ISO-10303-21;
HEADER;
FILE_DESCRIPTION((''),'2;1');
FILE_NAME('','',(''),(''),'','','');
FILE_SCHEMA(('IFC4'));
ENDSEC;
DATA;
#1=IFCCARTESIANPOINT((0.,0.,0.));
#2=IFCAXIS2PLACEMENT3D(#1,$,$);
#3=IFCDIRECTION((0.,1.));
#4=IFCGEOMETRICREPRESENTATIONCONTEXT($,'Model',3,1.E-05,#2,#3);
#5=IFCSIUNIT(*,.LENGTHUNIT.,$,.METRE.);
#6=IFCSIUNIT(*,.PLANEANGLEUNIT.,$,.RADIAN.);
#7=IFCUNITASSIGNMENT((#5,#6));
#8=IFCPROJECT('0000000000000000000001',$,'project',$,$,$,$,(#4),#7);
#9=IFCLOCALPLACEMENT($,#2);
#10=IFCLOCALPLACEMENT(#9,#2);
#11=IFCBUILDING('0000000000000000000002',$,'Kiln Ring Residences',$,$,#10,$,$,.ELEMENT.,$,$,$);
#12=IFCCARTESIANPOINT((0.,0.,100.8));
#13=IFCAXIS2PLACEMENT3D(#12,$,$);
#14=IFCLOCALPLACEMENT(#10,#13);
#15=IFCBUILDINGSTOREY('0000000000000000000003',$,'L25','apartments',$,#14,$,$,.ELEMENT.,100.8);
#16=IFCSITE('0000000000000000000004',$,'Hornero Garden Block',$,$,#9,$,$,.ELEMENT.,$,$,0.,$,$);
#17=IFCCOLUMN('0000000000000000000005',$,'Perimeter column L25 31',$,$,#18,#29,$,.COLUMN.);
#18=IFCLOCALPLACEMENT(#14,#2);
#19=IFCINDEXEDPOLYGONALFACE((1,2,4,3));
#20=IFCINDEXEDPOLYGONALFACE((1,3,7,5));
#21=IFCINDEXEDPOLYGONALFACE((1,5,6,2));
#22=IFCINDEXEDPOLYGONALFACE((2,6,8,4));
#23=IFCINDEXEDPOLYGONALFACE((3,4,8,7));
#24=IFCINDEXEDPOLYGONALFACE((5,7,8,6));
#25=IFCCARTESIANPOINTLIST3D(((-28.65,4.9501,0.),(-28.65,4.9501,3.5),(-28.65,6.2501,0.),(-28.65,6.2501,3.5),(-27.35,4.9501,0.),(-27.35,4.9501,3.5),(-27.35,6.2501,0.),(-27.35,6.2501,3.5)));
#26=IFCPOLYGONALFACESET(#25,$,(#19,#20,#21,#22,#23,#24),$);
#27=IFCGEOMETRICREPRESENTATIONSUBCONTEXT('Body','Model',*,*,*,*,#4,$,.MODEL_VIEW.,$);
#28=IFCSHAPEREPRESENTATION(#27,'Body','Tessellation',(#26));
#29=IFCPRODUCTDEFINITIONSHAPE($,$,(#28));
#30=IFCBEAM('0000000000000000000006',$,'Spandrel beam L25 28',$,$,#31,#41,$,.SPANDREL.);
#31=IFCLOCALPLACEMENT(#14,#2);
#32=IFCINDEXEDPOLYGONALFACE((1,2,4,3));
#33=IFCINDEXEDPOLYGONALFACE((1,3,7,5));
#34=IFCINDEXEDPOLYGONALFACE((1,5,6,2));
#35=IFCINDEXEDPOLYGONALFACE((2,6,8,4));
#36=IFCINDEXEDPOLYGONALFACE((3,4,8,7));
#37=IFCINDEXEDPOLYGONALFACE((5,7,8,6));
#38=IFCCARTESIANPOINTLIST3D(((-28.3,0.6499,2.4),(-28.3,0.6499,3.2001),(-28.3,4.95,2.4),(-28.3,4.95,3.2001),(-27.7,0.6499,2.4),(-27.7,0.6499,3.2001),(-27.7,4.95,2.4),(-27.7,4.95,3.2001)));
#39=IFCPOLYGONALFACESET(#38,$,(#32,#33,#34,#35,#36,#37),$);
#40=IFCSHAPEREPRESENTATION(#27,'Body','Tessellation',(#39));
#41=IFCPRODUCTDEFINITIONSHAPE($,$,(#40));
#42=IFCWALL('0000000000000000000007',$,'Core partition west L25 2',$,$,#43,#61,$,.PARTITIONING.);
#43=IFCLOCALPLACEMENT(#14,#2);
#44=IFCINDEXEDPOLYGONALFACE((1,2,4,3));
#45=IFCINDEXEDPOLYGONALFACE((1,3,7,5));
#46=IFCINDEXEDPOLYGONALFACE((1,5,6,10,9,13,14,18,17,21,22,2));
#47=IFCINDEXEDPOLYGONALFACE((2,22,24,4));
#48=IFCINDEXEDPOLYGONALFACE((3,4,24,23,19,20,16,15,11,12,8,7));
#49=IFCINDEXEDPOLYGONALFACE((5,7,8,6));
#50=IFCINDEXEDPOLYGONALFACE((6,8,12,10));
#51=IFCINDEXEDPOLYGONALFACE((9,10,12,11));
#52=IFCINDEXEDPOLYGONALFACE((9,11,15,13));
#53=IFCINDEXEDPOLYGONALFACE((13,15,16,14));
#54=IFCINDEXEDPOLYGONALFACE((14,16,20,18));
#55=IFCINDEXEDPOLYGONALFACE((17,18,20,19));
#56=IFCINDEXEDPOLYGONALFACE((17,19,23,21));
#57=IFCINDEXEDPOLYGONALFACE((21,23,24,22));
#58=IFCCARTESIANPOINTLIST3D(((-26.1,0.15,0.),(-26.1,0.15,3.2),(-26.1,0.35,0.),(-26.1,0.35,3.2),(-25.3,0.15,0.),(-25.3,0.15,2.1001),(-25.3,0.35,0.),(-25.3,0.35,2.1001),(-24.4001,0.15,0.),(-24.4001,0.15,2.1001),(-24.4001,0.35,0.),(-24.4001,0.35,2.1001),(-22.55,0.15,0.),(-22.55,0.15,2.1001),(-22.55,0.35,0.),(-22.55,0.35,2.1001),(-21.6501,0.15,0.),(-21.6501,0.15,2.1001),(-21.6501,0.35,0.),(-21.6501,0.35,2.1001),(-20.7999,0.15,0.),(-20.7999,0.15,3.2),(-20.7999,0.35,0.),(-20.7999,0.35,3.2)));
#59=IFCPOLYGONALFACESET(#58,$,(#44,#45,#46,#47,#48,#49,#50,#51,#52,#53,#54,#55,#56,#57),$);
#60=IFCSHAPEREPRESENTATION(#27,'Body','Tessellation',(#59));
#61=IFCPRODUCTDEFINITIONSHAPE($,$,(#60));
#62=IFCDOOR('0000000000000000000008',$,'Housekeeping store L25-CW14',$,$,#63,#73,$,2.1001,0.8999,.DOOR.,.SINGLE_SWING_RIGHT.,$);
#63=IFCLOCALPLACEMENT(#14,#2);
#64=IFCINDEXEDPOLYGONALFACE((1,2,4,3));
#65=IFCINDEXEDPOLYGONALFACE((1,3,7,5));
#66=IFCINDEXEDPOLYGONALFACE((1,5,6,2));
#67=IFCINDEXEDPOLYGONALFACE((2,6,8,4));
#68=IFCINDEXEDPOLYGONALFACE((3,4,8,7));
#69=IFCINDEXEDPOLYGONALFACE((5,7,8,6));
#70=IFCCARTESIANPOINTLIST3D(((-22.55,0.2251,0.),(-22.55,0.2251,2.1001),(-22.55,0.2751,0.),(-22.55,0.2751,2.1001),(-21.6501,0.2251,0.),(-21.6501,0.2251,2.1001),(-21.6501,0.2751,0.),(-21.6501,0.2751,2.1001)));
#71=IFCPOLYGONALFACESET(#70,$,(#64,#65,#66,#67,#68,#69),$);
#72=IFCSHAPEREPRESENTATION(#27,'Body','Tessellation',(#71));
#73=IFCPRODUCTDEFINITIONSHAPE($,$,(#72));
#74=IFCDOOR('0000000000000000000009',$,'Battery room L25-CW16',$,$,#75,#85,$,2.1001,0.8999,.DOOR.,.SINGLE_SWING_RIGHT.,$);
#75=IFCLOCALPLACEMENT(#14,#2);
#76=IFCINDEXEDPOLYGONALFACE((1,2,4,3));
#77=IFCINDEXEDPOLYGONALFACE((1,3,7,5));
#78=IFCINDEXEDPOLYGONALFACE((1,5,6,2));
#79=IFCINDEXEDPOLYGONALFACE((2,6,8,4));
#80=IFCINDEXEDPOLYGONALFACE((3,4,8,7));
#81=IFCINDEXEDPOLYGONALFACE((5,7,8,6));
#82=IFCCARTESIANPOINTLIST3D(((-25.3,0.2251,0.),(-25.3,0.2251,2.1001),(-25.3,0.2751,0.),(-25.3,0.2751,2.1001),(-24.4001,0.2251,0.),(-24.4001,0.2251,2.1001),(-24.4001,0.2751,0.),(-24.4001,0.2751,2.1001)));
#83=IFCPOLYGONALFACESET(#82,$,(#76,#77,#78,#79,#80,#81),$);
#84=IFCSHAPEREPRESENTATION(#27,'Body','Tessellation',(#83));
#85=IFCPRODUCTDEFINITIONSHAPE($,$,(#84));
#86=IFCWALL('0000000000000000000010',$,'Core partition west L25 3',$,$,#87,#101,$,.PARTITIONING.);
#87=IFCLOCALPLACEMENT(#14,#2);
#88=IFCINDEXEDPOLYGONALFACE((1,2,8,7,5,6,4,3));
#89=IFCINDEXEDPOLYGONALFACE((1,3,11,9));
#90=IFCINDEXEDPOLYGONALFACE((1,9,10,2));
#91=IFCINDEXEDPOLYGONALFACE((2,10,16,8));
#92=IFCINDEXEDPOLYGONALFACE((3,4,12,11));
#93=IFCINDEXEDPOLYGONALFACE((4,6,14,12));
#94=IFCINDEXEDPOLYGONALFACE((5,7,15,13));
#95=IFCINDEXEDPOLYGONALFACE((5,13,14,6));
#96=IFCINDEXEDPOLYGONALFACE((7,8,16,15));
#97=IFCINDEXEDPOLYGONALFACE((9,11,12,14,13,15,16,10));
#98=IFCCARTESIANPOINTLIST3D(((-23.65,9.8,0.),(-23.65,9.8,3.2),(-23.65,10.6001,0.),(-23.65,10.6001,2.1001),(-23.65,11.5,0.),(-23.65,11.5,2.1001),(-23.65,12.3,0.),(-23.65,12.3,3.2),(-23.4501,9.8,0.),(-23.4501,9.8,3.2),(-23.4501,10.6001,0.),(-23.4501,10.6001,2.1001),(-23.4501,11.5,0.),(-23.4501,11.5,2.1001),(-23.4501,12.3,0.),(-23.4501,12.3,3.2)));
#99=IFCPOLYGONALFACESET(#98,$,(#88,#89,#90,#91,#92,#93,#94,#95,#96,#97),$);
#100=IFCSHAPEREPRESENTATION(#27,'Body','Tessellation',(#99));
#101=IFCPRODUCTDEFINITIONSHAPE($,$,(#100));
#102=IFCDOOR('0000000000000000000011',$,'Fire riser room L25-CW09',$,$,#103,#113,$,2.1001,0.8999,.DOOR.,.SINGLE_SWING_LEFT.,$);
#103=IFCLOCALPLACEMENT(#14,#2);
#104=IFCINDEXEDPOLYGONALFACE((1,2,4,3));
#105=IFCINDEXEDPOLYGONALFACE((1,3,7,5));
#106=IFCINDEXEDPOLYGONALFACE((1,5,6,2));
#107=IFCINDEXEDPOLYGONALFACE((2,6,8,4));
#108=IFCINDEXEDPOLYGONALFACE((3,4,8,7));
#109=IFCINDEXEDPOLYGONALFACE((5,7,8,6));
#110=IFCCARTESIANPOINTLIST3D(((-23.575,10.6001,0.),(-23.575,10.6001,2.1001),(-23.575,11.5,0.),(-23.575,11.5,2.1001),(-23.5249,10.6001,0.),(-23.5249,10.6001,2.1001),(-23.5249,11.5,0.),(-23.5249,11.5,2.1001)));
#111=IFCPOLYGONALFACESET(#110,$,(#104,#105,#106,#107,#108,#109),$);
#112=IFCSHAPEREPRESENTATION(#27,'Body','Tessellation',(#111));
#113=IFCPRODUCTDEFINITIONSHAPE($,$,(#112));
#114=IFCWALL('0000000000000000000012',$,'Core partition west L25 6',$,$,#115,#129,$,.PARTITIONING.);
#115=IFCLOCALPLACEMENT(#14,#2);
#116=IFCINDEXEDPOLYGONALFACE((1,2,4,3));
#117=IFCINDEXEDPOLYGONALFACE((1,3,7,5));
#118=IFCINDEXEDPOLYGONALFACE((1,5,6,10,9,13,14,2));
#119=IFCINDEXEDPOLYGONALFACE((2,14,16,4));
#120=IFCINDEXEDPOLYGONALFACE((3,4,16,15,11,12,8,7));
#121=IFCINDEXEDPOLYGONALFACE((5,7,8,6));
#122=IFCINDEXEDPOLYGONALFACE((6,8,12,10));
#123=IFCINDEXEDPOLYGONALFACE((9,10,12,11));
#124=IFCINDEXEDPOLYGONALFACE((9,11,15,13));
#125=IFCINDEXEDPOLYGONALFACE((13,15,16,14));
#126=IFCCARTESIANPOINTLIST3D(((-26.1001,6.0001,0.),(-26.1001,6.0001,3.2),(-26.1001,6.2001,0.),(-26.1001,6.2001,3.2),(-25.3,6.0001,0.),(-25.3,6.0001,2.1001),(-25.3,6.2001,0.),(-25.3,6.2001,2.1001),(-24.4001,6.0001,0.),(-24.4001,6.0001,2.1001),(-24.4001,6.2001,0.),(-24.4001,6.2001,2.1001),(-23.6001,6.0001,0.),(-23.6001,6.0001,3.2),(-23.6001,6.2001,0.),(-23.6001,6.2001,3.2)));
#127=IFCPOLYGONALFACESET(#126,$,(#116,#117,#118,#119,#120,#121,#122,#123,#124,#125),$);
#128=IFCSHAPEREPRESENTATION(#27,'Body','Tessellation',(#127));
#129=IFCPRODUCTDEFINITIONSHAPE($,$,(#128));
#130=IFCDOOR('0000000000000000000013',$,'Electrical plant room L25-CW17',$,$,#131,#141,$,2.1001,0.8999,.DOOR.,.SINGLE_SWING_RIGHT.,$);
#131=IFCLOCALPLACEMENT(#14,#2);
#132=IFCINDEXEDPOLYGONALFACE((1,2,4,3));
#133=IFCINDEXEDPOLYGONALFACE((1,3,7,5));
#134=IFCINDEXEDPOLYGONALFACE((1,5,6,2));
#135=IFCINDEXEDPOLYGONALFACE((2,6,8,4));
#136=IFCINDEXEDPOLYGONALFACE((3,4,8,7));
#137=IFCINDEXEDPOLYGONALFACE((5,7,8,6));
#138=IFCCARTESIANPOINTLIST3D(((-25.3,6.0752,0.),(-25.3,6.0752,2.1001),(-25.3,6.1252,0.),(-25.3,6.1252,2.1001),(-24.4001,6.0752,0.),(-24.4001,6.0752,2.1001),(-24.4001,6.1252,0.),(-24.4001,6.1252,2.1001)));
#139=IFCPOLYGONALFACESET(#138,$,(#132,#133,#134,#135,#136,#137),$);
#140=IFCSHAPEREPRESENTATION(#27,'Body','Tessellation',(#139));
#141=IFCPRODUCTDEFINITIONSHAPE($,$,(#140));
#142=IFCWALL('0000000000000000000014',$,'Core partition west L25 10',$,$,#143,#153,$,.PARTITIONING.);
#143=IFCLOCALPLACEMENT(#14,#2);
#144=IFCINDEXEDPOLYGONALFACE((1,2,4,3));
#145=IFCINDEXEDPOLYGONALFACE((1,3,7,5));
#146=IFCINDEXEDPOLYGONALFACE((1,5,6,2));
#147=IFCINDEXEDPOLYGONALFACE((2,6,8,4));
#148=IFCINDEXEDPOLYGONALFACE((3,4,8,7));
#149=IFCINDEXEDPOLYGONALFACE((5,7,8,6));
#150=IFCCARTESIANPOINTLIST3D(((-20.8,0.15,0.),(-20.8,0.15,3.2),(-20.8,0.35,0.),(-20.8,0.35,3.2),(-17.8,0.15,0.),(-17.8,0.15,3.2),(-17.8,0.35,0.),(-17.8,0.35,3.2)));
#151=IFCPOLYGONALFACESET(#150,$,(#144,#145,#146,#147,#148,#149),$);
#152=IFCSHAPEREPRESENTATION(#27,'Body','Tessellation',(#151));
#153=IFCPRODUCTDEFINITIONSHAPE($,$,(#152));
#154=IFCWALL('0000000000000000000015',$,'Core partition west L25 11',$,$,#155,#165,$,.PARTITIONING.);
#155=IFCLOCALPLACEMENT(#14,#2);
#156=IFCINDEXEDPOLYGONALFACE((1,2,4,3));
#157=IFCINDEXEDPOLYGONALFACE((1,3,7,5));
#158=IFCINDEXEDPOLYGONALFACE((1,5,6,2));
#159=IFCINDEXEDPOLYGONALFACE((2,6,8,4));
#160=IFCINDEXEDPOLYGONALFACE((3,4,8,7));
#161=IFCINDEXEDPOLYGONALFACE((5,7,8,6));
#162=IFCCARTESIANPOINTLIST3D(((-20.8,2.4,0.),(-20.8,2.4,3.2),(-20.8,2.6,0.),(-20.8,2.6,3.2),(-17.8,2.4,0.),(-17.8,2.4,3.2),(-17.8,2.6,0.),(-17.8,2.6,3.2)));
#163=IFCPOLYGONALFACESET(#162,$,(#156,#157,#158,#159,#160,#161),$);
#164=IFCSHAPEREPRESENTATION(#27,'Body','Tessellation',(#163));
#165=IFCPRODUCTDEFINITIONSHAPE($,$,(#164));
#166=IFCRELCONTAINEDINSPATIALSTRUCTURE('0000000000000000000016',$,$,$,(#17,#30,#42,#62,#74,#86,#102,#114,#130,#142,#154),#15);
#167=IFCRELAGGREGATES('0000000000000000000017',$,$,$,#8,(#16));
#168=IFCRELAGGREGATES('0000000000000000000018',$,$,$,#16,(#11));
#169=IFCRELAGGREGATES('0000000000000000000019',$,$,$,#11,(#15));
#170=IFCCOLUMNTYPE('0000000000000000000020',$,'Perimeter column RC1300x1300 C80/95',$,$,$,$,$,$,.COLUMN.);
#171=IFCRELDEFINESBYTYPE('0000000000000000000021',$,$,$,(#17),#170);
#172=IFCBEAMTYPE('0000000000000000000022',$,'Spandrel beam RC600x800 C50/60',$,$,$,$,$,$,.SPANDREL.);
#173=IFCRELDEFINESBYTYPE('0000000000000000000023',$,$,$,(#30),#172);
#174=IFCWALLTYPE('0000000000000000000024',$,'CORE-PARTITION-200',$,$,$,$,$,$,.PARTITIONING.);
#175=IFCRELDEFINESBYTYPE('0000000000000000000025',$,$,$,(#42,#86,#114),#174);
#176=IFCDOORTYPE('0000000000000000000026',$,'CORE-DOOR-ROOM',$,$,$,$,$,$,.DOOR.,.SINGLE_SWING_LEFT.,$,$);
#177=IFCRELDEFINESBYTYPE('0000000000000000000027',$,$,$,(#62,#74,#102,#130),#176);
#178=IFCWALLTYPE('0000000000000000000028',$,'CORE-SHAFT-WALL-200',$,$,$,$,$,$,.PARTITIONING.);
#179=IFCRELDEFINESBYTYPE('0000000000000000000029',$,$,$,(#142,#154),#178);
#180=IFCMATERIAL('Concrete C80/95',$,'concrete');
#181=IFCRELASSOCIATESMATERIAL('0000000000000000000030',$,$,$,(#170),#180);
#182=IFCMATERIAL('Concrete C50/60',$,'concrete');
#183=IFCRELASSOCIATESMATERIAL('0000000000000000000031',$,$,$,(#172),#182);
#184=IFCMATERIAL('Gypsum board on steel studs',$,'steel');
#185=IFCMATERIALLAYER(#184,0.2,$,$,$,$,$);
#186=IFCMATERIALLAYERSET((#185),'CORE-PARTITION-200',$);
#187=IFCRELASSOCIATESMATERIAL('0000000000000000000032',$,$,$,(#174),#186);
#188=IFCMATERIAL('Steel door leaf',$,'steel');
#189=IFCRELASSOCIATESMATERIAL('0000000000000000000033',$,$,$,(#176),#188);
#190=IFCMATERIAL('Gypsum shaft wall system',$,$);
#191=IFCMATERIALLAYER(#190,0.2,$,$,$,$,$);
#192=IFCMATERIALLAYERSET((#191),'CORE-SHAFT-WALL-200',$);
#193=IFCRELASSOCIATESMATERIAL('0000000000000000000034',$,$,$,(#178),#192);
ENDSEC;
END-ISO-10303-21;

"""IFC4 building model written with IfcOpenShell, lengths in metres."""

from ifc_helpers import new_model, si_unit, direction, frame, frame_2d, origin, origin_2d, place, context, subcontext, project, spatial, rectangle, extrude, material, layer, layer_set, material_profile, profile_set, type_object, element, fill, save


model = new_model("IFC4")

# Units and contexts
model_context = context("Model", 3, precision=1e-05, world=origin(), true_north=direction((0.0, 1.0)))
body_context = subcontext(model_context, "Body", "Model", "MODEL_VIEW")
ifc_project = project(units=[si_unit("LENGTHUNIT", "METRE"), si_unit("PLANEANGLEUNIT", "RADIAN")], contexts=[model_context])

# Site, building, storey
site_placement = place(None, origin())
site = spatial("IfcSite", under=ifc_project, at=site_placement, Name="Hornero Garden Block", CompositionType="ELEMENT", RefElevation=0.0)
building_placement = place(site_placement, origin())
building = spatial("IfcBuilding", under=site, at=building_placement, Name="Kiln Ring Residences", CompositionType="ELEMENT")
storey_placement = place(building_placement, frame((0.0, 0.0, 100.8)))
storey = spatial("IfcBuildingStorey", under=building, at=storey_placement, Name="L25", Description="apartments", CompositionType="ELEMENT", Elevation=100.8)

# Column
ifc_material_1 = material(Name="Concrete C80/95", Category="concrete")
ifc_material_profile_1 = material_profile(ifc_material_1, rectangle(XDim=1.3, YDim=1.3, at=origin_2d()), Name="RC1300x1300")
ifc_profile_set_1 = profile_set([ifc_material_profile_1], Name="Concrete C80/95")
column_type = type_object("IfcColumnType", Name="Perimeter column RC1300x1300 C80/95", PredefinedType="COLUMN", material=ifc_profile_set_1)
column_placement = place(storey_placement, frame((-28.0, 5.6001, 0.0), z_axis=(0.0, 0.0, 1.0), x_axis=(1.0, 0.0, 0.0)))
element("IfcColumn", 1, at=column_placement, inside=storey, type_object=column_type, Name="Perimeter column L25 31", PredefinedType="COLUMN", context=body_context, shape_type="SweptSolid", body=[
    extrude(rectangle(XDim=1.3, YDim=1.3, at=origin_2d()), origin(), (0.0, 0.0, 1.0), 3.5),
])

# Beam
ifc_material_2 = material(Name="Concrete C50/60", Category="concrete")
ifc_material_profile_2 = material_profile(ifc_material_2, rectangle(XDim=0.6001, YDim=0.8, at=origin_2d()), Name="RC600x800")
ifc_profile_set_2 = profile_set([ifc_material_profile_2], Name="Concrete C50/60")
beam_type = type_object("IfcBeamType", Name="Spandrel beam RC600x800 C50/60", PredefinedType="SPANDREL", material=ifc_profile_set_2)
beam_placement = place(storey_placement, frame((-28.0, 4.95, 2.8), z_axis=(0.0, -1.0, 0.0), x_axis=(1.0, 0.0, 0.0)))
element("IfcBeam", 2, at=beam_placement, inside=storey, type_object=beam_type, Name="Spandrel beam L25 28", PredefinedType="SPANDREL", context=body_context, shape_type="SweptSolid", body=[
    extrude(rectangle(XDim=0.6001, YDim=0.8, at=origin_2d()), origin(), (0.0, 0.0, 1.0), 4.3),
])

# Wall, openings, doors
ifc_material_3 = material(Name="Gypsum board on steel studs", Category="steel")
ifc_layer_1 = layer(ifc_material_3, 0.2)
ifc_layer_set_1 = layer_set([ifc_layer_1], Name="CORE-PARTITION-200")
wall_type_1 = type_object("IfcWallType", Name="CORE-PARTITION-200", PredefinedType="PARTITIONING", material=ifc_layer_set_1)
wall_1_placement = place(storey_placement, frame((-20.8, 0.25, 0.0), z_axis=(0.0, 0.0, 1.0), x_axis=(-1.0, 0.0, 0.0)))
wall_1 = element("IfcWall", 3, at=wall_1_placement, inside=storey, type_object=wall_type_1, Name="Core partition west L25 2", PredefinedType="PARTITIONING", context=body_context, shape_type="SweptSolid", body=[
    extrude(rectangle(XDim=5.3, YDim=0.2, at=frame_2d((2.6499, 0.0))), origin(), (0.0, 0.0, 1.0), 3.2),
])
opening_1_placement = place(wall_1_placement, frame((0.8501, 0.0, 0.0)))
opening_1 = element("IfcOpeningElement", 4, at=opening_1_placement, cuts=wall_1, PredefinedType="OPENING", context=body_context, shape_type="SweptSolid", body=[
    extrude(rectangle(XDim=0.8999, YDim=2.1001, at=frame_2d((0.45, 1.05))), frame((0.0, 0.1099, 0.0), z_axis=(0.0, -1.0, 0.0), x_axis=(1.0, 0.0, 0.0)), (0.0, 0.0, 1.0), 0.22),
])
opening_2_placement = place(wall_1_placement, frame((3.6001, 0.0, 0.0)))
opening_2 = element("IfcOpeningElement", 5, at=opening_2_placement, cuts=wall_1, PredefinedType="OPENING", context=body_context, shape_type="SweptSolid", body=[
    extrude(rectangle(XDim=0.8999, YDim=2.1001, at=frame_2d((0.45, 1.05))), frame((0.0, 0.1099, 0.0), z_axis=(0.0, -1.0, 0.0), x_axis=(1.0, 0.0, 0.0)), (0.0, 0.0, 1.0), 0.22),
])
ifc_material_4 = material(Name="Steel door leaf", Category="steel")
door_type_1 = type_object("IfcDoorType", Name="CORE-DOOR-ROOM", OperationType="SINGLE_SWING_LEFT", PredefinedType="DOOR", material=ifc_material_4)
door_1_placement = place(opening_1_placement, origin())
door_1 = element("IfcDoor", 6, at=door_1_placement, inside=storey, type_object=door_type_1, Name="Housekeeping store L25-CW14", OperationType="SINGLE_SWING_RIGHT", OverallHeight=2.1001, OverallWidth=0.8999, PredefinedType="DOOR", context=body_context, shape_type="SweptSolid", body=[
    extrude(rectangle(XDim=0.8999, YDim=2.1001, at=frame_2d((0.45, 1.05))), frame((0.0, 0.0249, 0.0), z_axis=(0.0, -1.0, 0.0), x_axis=(1.0, 0.0, 0.0)), (0.0, 0.0, 1.0), 0.05),
])
fill(opening_1, door_1)
door_2_placement = place(opening_2_placement, origin())
door_2 = element("IfcDoor", 7, at=door_2_placement, inside=storey, type_object=door_type_1, Name="Battery room L25-CW16", OperationType="SINGLE_SWING_RIGHT", OverallHeight=2.1001, OverallWidth=0.8999, PredefinedType="DOOR", context=body_context, shape_type="SweptSolid", body=[
    extrude(rectangle(XDim=0.8999, YDim=2.1001, at=frame_2d((0.45, 1.05))), frame((0.0, 0.0249, 0.0), z_axis=(0.0, -1.0, 0.0), x_axis=(1.0, 0.0, 0.0)), (0.0, 0.0, 1.0), 0.05),
])
fill(opening_2, door_2)

# Walls, openings, doors
wall_2_placement = place(storey_placement, frame((-23.55, 9.8, 0.0), z_axis=(0.0, 0.0, 1.0), x_axis=(0.0, 1.0, 0.0)))
wall_2 = element("IfcWall", 8, at=wall_2_placement, inside=storey, type_object=wall_type_1, Name="Core partition west L25 3", PredefinedType="PARTITIONING", context=body_context, shape_type="SweptSolid", body=[
    extrude(rectangle(XDim=2.5, YDim=0.2, at=frame_2d((1.25, 0.0))), origin(), (0.0, 0.0, 1.0), 3.2),
])
opening_3_placement = place(wall_2_placement, frame((0.8, 0.0, 0.0)))
opening_3 = element("IfcOpeningElement", 9, at=opening_3_placement, cuts=wall_2, PredefinedType="OPENING", context=body_context, shape_type="SweptSolid", body=[
    extrude(rectangle(XDim=0.8999, YDim=2.1001, at=frame_2d((0.45, 1.05))), frame((0.0, 0.1099, 0.0), z_axis=(0.0, -1.0, 0.0), x_axis=(1.0, 0.0, 0.0)), (0.0, 0.0, 1.0), 0.22),
])
door_3_placement = place(opening_3_placement, origin())
door_3 = element("IfcDoor", 10, at=door_3_placement, inside=storey, type_object=door_type_1, Name="Fire riser room L25-CW09", OperationType="SINGLE_SWING_LEFT", OverallHeight=2.1001, OverallWidth=0.8999, PredefinedType="DOOR", context=body_context, shape_type="SweptSolid", body=[
    extrude(rectangle(XDim=0.8999, YDim=2.1001, at=frame_2d((0.45, 1.05))), frame((0.0, 0.0249, 0.0), z_axis=(0.0, -1.0, 0.0), x_axis=(1.0, 0.0, 0.0)), (0.0, 0.0, 1.0), 0.05),
])
fill(opening_3, door_3)
wall_3_placement = place(storey_placement, frame((-23.6001, 6.1001, 0.0), z_axis=(0.0, 0.0, 1.0), x_axis=(-1.0, 0.0, 0.0)))
wall_3 = element("IfcWall", 11, at=wall_3_placement, inside=storey, type_object=wall_type_1, Name="Core partition west L25 6", PredefinedType="PARTITIONING", context=body_context, shape_type="SweptSolid", body=[
    extrude(rectangle(XDim=2.5, YDim=0.2, at=frame_2d((1.25, 0.0))), origin(), (0.0, 0.0, 1.0), 3.2),
])
opening_4_placement = place(wall_3_placement, frame((0.8, 0.0, 0.0)))
opening_4 = element("IfcOpeningElement", 12, at=opening_4_placement, cuts=wall_3, PredefinedType="OPENING", context=body_context, shape_type="SweptSolid", body=[
    extrude(rectangle(XDim=0.8999, YDim=2.1001, at=frame_2d((0.45, 1.05))), frame((0.0, 0.1099, 0.0), z_axis=(0.0, -1.0, 0.0), x_axis=(1.0, 0.0, 0.0)), (0.0, 0.0, 1.0), 0.22),
])
door_4_placement = place(opening_4_placement, origin())
door_4 = element("IfcDoor", 13, at=door_4_placement, inside=storey, type_object=door_type_1, Name="Electrical plant room L25-CW17", OperationType="SINGLE_SWING_RIGHT", OverallHeight=2.1001, OverallWidth=0.8999, PredefinedType="DOOR", context=body_context, shape_type="SweptSolid", body=[
    extrude(rectangle(XDim=0.8999, YDim=2.1001, at=frame_2d((0.45, 1.05))), frame((0.0, 0.0249, 0.0), z_axis=(0.0, -1.0, 0.0), x_axis=(1.0, 0.0, 0.0)), (0.0, 0.0, 1.0), 0.05),
])
fill(opening_4, door_4)

# Walls
ifc_material_5 = material(Name="Gypsum shaft wall system")
ifc_layer_2 = layer(ifc_material_5, 0.2)
ifc_layer_set_2 = layer_set([ifc_layer_2], Name="CORE-SHAFT-WALL-200")
wall_type_2 = type_object("IfcWallType", Name="CORE-SHAFT-WALL-200", PredefinedType="PARTITIONING", material=ifc_layer_set_2)
for number, where, z_axis, x_axis, name in (
    (14, (-17.8, 0.25, 0.0), (0.0, 0.0, 1.0), (-1.0, 0.0, 0.0), "Core partition west L25 10"),
    (15, (-17.8, 2.5, 0.0), (0.0, 0.0, 1.0), (-1.0, 0.0, 0.0), "Core partition west L25 11"),
):
    element("IfcWall", number, at=place(storey_placement, frame(where, z_axis=z_axis, x_axis=x_axis)), inside=storey, type_object=wall_type_2, Name=name, PredefinedType="PARTITIONING", context=body_context, shape_type="SweptSolid", body=[
        extrude(rectangle(XDim=3.0, YDim=0.2, at=frame_2d((1.5, 0.0))), origin(), (0.0, 0.0, 1.0), 3.2),
    ])

save(model, "model.ifc")
